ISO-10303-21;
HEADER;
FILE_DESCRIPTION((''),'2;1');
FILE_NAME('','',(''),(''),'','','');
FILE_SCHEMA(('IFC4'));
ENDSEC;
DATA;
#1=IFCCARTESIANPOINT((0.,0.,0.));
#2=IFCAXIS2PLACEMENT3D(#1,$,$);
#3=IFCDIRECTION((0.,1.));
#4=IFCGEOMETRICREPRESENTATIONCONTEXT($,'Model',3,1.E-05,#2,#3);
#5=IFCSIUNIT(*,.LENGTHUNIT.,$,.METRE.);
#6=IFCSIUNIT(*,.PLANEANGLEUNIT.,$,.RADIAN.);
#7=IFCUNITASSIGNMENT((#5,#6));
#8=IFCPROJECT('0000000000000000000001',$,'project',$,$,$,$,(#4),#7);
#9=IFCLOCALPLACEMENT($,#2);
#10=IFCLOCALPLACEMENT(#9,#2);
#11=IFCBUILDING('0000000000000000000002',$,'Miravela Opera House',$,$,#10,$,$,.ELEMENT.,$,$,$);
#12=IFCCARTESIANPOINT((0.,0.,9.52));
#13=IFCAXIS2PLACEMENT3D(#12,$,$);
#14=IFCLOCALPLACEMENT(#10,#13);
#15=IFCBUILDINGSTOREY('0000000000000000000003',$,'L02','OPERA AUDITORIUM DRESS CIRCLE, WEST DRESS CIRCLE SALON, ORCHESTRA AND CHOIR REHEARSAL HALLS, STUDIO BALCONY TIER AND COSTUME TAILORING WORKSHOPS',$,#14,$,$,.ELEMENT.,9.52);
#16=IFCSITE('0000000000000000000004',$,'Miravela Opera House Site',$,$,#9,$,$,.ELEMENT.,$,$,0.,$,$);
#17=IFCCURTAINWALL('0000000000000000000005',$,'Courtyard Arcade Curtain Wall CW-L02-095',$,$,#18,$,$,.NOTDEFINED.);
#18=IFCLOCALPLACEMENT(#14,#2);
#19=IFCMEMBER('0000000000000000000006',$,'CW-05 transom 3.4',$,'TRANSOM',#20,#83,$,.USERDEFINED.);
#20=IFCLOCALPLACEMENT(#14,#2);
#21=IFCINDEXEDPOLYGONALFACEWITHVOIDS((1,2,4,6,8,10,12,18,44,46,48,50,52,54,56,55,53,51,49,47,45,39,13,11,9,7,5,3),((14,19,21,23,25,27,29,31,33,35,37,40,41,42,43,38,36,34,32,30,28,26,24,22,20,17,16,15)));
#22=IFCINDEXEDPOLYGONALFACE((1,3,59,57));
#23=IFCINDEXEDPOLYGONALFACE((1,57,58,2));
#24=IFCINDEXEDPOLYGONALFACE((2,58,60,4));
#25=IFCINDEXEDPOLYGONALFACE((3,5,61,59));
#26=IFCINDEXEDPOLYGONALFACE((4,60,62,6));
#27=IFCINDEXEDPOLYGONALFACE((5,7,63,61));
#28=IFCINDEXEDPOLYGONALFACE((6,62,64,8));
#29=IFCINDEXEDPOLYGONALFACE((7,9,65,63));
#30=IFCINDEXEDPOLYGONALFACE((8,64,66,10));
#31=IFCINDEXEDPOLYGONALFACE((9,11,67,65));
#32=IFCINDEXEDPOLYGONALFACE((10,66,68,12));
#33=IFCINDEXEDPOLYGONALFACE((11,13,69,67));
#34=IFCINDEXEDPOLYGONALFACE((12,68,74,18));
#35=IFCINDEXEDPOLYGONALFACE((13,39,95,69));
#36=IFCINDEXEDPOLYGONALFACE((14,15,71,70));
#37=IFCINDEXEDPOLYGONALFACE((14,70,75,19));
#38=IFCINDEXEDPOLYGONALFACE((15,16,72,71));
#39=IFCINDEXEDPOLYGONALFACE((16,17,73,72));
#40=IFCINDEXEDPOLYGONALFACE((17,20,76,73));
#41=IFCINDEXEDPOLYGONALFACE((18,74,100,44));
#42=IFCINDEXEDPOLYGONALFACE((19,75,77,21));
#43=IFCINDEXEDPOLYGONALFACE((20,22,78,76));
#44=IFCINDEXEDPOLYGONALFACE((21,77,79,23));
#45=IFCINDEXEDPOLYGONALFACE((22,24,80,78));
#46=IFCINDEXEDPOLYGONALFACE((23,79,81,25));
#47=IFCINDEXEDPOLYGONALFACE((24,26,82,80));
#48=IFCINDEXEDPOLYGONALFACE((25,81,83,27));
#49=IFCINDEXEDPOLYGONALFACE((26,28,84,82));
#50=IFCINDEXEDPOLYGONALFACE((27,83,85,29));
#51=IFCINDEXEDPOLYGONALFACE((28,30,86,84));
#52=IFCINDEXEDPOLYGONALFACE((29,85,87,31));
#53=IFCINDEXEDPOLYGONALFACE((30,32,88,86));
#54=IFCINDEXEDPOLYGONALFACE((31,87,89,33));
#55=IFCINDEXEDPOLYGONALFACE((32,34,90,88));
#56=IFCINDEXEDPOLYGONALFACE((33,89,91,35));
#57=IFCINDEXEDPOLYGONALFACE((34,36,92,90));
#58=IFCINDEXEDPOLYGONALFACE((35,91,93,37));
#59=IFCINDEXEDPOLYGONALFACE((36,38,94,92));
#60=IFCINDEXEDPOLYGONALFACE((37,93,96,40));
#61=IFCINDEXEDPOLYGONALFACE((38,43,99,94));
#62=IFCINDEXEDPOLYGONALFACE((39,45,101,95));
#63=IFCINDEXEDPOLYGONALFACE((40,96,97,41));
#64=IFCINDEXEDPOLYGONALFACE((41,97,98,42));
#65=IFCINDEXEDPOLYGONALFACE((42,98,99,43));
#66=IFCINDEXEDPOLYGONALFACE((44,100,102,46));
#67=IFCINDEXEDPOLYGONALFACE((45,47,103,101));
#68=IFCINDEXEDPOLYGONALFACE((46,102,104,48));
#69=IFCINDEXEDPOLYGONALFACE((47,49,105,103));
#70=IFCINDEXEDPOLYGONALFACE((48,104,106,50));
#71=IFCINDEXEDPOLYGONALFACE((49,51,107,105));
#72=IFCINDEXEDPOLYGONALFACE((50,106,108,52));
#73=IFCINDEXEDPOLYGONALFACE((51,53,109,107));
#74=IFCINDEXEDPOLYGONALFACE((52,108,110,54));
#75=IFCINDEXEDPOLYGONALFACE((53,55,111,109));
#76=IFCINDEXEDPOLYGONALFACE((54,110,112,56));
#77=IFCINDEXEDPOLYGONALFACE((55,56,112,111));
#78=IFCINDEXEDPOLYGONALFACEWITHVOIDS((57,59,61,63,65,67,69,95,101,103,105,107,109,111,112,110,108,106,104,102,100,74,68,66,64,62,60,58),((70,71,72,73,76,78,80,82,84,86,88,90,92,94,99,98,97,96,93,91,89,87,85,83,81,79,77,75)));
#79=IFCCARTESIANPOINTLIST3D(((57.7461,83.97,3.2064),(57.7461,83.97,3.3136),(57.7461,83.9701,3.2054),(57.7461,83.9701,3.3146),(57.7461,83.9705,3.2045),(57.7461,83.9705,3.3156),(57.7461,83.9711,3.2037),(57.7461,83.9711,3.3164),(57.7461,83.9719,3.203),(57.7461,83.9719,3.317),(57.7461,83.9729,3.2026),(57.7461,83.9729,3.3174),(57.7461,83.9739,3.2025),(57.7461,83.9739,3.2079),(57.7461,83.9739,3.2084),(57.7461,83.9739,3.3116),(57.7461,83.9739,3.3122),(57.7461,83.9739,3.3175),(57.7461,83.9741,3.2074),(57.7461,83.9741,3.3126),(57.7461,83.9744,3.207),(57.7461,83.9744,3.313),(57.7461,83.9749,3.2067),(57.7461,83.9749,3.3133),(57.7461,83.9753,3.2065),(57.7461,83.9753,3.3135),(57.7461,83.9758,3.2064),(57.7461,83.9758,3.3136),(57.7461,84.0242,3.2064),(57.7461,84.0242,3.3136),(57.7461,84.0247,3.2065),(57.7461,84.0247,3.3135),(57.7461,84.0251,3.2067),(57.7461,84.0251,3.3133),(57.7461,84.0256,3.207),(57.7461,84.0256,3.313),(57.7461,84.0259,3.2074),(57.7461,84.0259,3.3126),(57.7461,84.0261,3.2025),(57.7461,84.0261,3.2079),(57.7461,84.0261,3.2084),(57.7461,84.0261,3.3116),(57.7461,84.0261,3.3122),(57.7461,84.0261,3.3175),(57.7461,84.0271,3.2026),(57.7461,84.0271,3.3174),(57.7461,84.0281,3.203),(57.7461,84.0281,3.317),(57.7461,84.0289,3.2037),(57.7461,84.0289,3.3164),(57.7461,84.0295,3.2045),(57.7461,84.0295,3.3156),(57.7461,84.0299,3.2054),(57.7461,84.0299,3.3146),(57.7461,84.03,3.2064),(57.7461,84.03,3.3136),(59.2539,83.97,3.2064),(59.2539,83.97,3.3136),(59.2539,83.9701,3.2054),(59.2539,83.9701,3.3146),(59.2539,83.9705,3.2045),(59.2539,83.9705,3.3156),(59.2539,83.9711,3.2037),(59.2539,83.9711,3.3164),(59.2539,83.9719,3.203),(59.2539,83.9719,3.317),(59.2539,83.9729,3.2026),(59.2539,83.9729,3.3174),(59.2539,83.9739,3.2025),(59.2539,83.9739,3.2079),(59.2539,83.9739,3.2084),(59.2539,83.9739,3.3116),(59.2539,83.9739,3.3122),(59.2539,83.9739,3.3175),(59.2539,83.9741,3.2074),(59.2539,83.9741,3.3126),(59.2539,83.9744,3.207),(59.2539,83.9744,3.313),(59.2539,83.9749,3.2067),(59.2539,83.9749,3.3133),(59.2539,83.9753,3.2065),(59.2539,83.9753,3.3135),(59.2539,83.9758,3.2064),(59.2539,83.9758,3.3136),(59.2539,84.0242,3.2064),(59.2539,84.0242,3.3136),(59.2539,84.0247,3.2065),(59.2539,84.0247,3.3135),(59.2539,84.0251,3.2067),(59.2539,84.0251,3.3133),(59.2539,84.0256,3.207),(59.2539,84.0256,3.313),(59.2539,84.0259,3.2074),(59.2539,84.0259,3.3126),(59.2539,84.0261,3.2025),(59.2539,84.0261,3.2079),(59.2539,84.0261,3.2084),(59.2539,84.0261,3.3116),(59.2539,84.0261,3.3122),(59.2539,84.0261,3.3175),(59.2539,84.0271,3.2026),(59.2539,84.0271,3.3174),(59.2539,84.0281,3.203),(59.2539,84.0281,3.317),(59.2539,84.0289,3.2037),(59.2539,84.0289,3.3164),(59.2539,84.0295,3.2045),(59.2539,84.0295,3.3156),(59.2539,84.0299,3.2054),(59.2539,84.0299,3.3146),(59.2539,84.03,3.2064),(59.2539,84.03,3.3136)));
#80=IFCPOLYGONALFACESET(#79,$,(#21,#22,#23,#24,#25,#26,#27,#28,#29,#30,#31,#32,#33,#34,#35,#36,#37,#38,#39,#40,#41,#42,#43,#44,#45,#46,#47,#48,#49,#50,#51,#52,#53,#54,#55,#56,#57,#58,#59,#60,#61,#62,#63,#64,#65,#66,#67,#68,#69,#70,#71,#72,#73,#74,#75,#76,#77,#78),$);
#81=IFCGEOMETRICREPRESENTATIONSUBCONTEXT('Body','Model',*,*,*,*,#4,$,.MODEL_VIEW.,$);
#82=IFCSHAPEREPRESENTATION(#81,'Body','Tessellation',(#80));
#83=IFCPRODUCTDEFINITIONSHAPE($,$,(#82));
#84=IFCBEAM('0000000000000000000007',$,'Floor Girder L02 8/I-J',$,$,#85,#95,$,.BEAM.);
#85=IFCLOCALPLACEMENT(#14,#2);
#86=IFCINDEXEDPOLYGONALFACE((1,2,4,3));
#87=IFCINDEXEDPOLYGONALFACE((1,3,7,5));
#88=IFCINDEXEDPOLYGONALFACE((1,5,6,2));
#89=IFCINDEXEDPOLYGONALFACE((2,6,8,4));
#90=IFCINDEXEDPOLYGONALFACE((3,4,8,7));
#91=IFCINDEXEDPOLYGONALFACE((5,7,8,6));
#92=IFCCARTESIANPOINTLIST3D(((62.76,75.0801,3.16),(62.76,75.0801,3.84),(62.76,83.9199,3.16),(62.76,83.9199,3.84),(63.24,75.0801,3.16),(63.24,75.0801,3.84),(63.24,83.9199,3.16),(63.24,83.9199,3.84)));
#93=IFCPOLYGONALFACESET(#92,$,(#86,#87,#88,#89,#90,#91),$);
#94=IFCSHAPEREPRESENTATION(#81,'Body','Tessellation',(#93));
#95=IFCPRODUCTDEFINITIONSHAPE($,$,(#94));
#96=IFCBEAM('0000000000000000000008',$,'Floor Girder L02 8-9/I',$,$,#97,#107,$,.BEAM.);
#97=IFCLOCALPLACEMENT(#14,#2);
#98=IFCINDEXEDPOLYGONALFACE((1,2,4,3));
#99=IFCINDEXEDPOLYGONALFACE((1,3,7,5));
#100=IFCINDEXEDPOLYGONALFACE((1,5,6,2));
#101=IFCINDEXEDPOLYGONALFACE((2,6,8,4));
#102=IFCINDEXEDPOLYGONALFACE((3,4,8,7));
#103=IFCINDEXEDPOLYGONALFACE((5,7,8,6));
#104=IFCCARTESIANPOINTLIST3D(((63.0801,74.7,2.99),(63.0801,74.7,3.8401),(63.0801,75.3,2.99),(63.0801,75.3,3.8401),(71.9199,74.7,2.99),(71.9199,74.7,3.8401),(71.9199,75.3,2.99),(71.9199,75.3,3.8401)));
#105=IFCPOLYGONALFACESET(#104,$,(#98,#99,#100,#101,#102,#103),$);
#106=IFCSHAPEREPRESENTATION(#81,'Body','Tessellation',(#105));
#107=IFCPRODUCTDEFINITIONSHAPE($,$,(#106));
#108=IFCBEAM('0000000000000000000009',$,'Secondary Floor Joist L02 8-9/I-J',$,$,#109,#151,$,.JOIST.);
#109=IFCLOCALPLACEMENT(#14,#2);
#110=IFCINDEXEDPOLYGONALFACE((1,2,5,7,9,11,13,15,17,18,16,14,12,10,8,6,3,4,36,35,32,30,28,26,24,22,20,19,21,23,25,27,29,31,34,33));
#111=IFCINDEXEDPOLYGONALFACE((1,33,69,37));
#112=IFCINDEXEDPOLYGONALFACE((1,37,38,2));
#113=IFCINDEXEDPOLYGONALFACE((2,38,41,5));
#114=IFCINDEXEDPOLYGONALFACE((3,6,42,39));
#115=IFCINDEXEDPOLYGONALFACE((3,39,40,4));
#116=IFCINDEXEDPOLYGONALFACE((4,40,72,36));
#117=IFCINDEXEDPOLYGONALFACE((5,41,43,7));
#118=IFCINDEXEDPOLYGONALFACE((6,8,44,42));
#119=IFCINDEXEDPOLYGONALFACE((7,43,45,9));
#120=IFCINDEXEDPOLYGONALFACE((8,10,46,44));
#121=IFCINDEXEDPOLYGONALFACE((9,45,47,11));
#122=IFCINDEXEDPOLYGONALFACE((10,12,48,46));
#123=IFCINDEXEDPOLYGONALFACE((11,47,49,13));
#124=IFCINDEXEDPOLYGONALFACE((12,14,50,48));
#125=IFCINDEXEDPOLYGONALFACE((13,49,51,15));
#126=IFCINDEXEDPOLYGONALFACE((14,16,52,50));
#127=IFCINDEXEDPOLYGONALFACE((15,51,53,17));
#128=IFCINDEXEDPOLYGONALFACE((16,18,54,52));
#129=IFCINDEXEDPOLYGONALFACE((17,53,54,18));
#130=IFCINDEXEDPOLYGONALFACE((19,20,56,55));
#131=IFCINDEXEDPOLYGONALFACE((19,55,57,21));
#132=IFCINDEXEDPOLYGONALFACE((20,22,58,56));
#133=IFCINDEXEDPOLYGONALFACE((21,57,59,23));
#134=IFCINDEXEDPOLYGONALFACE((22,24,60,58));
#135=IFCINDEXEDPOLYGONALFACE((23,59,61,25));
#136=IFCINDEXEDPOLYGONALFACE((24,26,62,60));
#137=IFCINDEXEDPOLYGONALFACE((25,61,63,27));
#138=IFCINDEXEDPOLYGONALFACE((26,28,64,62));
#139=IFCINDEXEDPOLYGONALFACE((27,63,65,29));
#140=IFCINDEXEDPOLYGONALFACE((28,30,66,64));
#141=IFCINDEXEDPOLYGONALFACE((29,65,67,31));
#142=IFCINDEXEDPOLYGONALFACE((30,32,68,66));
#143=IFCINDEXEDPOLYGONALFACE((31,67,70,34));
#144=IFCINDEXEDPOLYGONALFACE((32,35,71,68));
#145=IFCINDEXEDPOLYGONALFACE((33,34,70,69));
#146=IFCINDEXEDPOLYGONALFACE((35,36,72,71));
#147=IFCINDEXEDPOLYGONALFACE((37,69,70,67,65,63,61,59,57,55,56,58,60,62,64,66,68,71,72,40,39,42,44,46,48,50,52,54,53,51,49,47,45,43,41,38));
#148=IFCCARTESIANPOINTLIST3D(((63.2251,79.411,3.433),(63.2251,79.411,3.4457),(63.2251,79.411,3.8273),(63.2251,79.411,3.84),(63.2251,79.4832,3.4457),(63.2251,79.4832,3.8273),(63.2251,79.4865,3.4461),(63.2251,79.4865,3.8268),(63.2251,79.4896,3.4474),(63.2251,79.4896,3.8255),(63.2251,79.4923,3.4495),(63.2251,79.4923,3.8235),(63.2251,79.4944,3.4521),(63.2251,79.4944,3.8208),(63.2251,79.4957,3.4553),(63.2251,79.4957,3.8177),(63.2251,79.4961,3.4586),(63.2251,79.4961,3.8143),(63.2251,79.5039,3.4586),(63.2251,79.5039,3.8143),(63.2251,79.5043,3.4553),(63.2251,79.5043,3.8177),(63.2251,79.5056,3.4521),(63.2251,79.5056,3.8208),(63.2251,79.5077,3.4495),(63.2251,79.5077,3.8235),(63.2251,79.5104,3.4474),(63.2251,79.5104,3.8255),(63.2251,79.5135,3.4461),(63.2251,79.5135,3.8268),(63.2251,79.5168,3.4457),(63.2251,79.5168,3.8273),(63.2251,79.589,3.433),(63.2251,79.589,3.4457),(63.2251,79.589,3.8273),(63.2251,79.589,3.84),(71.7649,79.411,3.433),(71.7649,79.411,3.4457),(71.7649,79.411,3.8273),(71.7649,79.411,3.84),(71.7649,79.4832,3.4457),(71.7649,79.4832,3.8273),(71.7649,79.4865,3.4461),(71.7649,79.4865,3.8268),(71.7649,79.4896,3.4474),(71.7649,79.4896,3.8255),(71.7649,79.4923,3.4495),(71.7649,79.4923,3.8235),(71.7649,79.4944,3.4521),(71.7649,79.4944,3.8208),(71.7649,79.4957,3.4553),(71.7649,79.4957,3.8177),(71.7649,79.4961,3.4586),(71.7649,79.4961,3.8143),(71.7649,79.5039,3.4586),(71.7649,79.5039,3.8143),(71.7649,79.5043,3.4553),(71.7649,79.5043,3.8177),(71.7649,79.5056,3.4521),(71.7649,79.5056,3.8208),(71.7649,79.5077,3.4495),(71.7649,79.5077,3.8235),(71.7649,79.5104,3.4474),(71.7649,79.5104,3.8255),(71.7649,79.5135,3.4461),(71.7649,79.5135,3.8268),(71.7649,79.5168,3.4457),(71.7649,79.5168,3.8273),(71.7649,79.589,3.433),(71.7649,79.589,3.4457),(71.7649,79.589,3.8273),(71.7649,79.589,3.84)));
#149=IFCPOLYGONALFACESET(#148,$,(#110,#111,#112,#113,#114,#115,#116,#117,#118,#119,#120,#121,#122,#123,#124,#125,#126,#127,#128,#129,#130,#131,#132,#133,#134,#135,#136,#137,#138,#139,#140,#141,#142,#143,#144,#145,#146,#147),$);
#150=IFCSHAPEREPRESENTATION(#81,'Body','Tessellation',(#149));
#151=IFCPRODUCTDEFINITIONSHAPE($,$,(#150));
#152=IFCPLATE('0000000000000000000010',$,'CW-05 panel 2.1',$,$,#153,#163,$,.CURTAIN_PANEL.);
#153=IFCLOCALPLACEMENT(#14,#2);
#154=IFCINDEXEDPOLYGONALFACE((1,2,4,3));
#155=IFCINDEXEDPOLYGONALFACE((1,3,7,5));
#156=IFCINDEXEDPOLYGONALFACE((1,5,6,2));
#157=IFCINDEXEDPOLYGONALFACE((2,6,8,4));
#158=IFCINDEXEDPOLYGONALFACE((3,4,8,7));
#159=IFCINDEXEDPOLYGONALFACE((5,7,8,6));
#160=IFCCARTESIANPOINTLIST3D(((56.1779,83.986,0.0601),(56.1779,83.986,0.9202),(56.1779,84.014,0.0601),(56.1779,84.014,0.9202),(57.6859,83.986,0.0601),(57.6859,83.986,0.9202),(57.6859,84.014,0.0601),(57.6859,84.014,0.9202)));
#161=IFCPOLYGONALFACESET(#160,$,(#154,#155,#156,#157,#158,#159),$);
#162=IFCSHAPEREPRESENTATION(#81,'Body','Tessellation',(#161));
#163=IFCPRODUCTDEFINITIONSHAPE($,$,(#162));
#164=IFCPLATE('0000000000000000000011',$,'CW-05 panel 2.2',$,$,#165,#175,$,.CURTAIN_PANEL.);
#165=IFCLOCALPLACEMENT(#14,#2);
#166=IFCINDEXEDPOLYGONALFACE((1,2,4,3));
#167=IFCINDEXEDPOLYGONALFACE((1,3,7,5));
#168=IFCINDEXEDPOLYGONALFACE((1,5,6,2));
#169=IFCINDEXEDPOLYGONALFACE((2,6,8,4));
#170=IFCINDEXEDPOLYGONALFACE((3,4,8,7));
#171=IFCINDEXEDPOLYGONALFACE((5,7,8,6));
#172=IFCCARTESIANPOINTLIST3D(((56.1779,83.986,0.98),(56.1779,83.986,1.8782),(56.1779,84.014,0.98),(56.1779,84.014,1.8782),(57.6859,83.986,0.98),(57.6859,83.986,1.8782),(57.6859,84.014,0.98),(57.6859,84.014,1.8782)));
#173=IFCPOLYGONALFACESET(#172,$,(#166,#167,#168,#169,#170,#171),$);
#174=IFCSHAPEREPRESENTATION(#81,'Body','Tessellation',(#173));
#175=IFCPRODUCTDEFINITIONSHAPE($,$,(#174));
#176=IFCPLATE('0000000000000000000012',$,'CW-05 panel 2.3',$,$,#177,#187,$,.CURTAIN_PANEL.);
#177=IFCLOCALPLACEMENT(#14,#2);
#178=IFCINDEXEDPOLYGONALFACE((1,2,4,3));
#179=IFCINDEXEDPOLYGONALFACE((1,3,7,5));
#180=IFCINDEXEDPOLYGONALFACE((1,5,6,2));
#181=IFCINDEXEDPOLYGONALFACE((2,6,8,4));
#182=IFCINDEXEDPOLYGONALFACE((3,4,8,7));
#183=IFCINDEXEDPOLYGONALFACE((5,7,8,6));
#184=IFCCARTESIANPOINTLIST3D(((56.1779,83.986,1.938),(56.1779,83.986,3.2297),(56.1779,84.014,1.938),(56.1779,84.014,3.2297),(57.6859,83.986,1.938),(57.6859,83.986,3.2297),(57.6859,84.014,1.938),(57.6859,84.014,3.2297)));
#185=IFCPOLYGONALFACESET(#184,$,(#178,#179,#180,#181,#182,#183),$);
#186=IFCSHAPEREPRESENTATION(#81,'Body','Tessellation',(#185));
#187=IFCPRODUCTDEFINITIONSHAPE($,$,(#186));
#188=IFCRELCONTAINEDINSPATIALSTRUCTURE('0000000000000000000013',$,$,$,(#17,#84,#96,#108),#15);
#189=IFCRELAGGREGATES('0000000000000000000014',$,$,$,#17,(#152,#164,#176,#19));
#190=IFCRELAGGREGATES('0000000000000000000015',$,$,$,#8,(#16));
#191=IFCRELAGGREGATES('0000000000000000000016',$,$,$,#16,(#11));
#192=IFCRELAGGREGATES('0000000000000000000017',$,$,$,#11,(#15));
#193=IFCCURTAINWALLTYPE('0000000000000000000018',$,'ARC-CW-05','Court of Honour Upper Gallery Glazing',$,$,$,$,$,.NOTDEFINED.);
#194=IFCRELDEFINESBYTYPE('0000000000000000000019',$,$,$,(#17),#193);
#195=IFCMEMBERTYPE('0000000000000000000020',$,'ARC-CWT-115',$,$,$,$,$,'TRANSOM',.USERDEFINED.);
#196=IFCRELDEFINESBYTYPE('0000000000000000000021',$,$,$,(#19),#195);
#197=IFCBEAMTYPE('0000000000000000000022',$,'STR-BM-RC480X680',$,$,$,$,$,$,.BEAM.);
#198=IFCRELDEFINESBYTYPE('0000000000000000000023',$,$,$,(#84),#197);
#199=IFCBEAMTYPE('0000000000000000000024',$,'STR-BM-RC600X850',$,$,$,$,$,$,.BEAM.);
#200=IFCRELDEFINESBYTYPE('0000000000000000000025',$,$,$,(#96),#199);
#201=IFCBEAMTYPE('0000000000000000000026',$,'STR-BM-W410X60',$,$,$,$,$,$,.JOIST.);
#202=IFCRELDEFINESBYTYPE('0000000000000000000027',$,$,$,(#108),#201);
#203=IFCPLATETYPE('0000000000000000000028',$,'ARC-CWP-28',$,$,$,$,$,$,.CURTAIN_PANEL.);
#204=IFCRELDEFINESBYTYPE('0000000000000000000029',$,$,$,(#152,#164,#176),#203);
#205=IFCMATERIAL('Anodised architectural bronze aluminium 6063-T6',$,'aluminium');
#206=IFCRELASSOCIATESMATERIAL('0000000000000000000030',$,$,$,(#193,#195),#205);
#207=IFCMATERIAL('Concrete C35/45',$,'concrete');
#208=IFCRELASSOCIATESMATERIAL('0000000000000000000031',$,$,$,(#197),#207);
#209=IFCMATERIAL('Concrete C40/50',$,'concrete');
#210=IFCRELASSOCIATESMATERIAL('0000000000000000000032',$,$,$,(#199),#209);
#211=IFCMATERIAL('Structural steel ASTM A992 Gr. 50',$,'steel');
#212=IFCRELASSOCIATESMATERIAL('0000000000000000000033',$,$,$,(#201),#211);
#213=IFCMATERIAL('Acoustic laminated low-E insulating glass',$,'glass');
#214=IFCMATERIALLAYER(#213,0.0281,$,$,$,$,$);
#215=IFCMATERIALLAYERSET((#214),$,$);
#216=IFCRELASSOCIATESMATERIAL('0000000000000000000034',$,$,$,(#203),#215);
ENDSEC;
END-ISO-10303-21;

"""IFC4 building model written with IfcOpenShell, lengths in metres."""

from ifc_helpers import new_model, si_unit, direction, frame, origin, origin_2d, place, context, subcontext, project, spatial, rectangle, hollow_rectangle, i_section, extrude, material, layer, layer_set, material_profile, profile_set, type_object, element, aggregate, save


model = new_model("IFC4")

# Units and contexts
model_context = context("Model", 3, precision=1e-05, world=origin(), true_north=direction((0.0, 1.0)))
body_context = subcontext(model_context, "Body", "Model", "MODEL_VIEW")
ifc_project = project(units=[si_unit("LENGTHUNIT", "METRE"), si_unit("PLANEANGLEUNIT", "RADIAN")], contexts=[model_context])

# Site, building, storey
site_placement = place(None, origin())
site = spatial("IfcSite", under=ifc_project, at=site_placement, Name="Miravela Opera House Site", CompositionType="ELEMENT", RefElevation=0.0)
building_placement = place(site_placement, origin())
building = spatial("IfcBuilding", under=site, at=building_placement, Name="Miravela Opera House", CompositionType="ELEMENT")
storey_placement = place(building_placement, frame((0.0, 0.0, 9.52)))
storey = spatial("IfcBuildingStorey", under=building, at=storey_placement, Name="L02", Description="OPERA AUDITORIUM DRESS CIRCLE, WEST DRESS CIRCLE SALON, ORCHESTRA AND CHOIR REHEARSAL HALLS, STUDIO BALCONY TIER AND COSTUME TAILORING WORKSHOPS", CompositionType="ELEMENT", Elevation=9.52)

# Shared definitions
ifc_material_1 = material(Name="Concrete C35/45", Category="concrete")
ifc_material_2 = material(Name="Concrete C40/50", Category="concrete")

# Curtain wall, member
ifc_material_3 = material(Name="Anodised architectural bronze aluminium 6063-T6", Category="aluminium")
curtain_wall_type = type_object("IfcCurtainWallType", Name="ARC-CW-05", Description="Court of Honour Upper Gallery Glazing", PredefinedType="NOTDEFINED", material=ifc_material_3)
curtain_wall_placement = place(storey_placement, origin())
curtain_wall = element("IfcCurtainWall", 1, at=curtain_wall_placement, inside=storey, type_object=curtain_wall_type, Name="Courtyard Arcade Curtain Wall CW-L02-095", PredefinedType="NOTDEFINED")
ifc_material_profile_1 = material_profile(ifc_material_3, hollow_rectangle(XDim=0.0601, YDim=0.115, WallThickness=0.0039, InnerFilletRadius=0.002, OuterFilletRadius=0.0039, at=origin_2d()), Name="CWT-60X115")
ifc_profile_set_1 = profile_set([ifc_material_profile_1])
member_type_1 = type_object("IfcMemberType", Name="ARC-CWT-115", ElementType="TRANSOM", PredefinedType="USERDEFINED", material=ifc_profile_set_1)
member_1_placement = place(storey_placement, frame((57.7461, 84.0, 3.26), z_axis=(1.0, 0.0, 0.0), x_axis=(0.0, 1.0, 0.0)))
member_1 = element("IfcMember", 2, at=member_1_placement, type_object=member_type_1, Name="CW-05 transom 3.4", ObjectType="TRANSOM", PredefinedType="USERDEFINED", context=body_context, shape_type="SweptSolid", body=[
    extrude(hollow_rectangle(XDim=0.0601, YDim=0.115, WallThickness=0.0039, InnerFilletRadius=0.002, OuterFilletRadius=0.0039, at=origin_2d()), origin(), (0.0, 0.0, 1.0), 1.5078),
])

# Beams
ifc_material_profile_2 = material_profile(ifc_material_1, rectangle(XDim=0.48, YDim=0.6799, at=origin_2d()), Name="RC-BM-480X680")
ifc_profile_set_2 = profile_set([ifc_material_profile_2])
beam_type_1 = type_object("IfcBeamType", Name="STR-BM-RC480X680", PredefinedType="BEAM", material=ifc_profile_set_2)
beam_1_placement = place(storey_placement, frame((63.0, 75.0801, 3.5), z_axis=(0.0, 1.0, 0.0), x_axis=(-1.0, 0.0, 0.0)))
element("IfcBeam", 3, at=beam_1_placement, inside=storey, type_object=beam_type_1, Name="Floor Girder L02 8/I-J", PredefinedType="BEAM", context=body_context, shape_type="SweptSolid", body=[
    extrude(rectangle(XDim=0.48, YDim=0.6799, at=origin_2d()), origin(), (0.0, 0.0, 1.0), 8.8398),
])
ifc_material_profile_3 = material_profile(ifc_material_2, rectangle(XDim=0.6001, YDim=0.8501, at=origin_2d()), Name="RC-BM-600X850")
ifc_profile_set_3 = profile_set([ifc_material_profile_3])
beam_type_2 = type_object("IfcBeamType", Name="STR-BM-RC600X850", PredefinedType="BEAM", material=ifc_profile_set_3)
beam_2_placement = place(storey_placement, frame((63.0801, 75.0, 3.415), z_axis=(1.0, 0.0, 0.0), x_axis=(0.0, 1.0, 0.0)))
element("IfcBeam", 4, at=beam_2_placement, inside=storey, type_object=beam_type_2, Name="Floor Girder L02 8-9/I", PredefinedType="BEAM", context=body_context, shape_type="SweptSolid", body=[
    extrude(rectangle(XDim=0.6001, YDim=0.8501, at=origin_2d()), origin(), (0.0, 0.0, 1.0), 8.8398),
])
ifc_material_4 = material(Name="Structural steel ASTM A992 Gr. 50", Category="steel")
ifc_material_profile_4 = material_profile(ifc_material_4, i_section(OverallWidth=0.178, OverallDepth=0.407, WebThickness=0.0078, FlangeThickness=0.0127, FilletRadius=0.0129, at=origin_2d()), Name="W410X60")
ifc_profile_set_4 = profile_set([ifc_material_profile_4])
beam_type_3 = type_object("IfcBeamType", Name="STR-BM-W410X60", PredefinedType="JOIST", material=ifc_profile_set_4)
beam_3_placement = place(storey_placement, frame((63.2251, 79.5, 3.6365), z_axis=(1.0, 0.0, 0.0), x_axis=(0.0, 1.0, 0.0)))
element("IfcBeam", 5, at=beam_3_placement, inside=storey, type_object=beam_type_3, Name="Secondary Floor Joist L02 8-9/I-J", PredefinedType="JOIST", context=body_context, shape_type="SweptSolid", body=[
    extrude(i_section(OverallWidth=0.178, OverallDepth=0.407, WebThickness=0.0078, FlangeThickness=0.0127, FilletRadius=0.0129, at=origin_2d()), origin(), (0.0, 0.0, 1.0), 8.5398),
])

# Plates
ifc_material_5 = material(Name="Acoustic laminated low-E insulating glass", Category="glass")
ifc_layer_1 = layer(ifc_material_5, 0.0281)
ifc_layer_set_1 = layer_set([ifc_layer_1])
plate_type = type_object("IfcPlateType", Name="ARC-CWP-28", PredefinedType="CURTAIN_PANEL", material=ifc_layer_set_1)
plate_1_placement = place(storey_placement, frame((56.9319, 84.0, 0.0601), z_axis=(0.0, 0.0, 1.0), x_axis=(1.0, 0.0, 0.0)))
plate_1 = element("IfcPlate", 6, at=plate_1_placement, type_object=plate_type, Name="CW-05 panel 2.1", PredefinedType="CURTAIN_PANEL", context=body_context, shape_type="SweptSolid", body=[
    extrude(rectangle(XDim=1.5081, YDim=0.0281, at=origin_2d()), origin(), (0.0, 0.0, 1.0), 0.8601),
])
plate_2_placement = place(storey_placement, frame((56.9319, 84.0, 0.98), z_axis=(0.0, 0.0, 1.0), x_axis=(1.0, 0.0, 0.0)))
plate_2 = element("IfcPlate", 7, at=plate_2_placement, type_object=plate_type, Name="CW-05 panel 2.2", PredefinedType="CURTAIN_PANEL", context=body_context, shape_type="SweptSolid", body=[
    extrude(rectangle(XDim=1.5081, YDim=0.0281, at=origin_2d()), origin(), (0.0, 0.0, 1.0), 0.8982),
])
plate_3_placement = place(storey_placement, frame((56.9319, 84.0, 1.938), z_axis=(0.0, 0.0, 1.0), x_axis=(1.0, 0.0, 0.0)))
plate_3 = element("IfcPlate", 8, at=plate_3_placement, type_object=plate_type, Name="CW-05 panel 2.3", PredefinedType="CURTAIN_PANEL", context=body_context, shape_type="SweptSolid", body=[
    extrude(rectangle(XDim=1.5081, YDim=0.0281, at=origin_2d()), origin(), (0.0, 0.0, 1.0), 1.2917),
])
aggregate(curtain_wall, [plate_1, plate_2, plate_3, member_1])

save(model, "model.ifc")
